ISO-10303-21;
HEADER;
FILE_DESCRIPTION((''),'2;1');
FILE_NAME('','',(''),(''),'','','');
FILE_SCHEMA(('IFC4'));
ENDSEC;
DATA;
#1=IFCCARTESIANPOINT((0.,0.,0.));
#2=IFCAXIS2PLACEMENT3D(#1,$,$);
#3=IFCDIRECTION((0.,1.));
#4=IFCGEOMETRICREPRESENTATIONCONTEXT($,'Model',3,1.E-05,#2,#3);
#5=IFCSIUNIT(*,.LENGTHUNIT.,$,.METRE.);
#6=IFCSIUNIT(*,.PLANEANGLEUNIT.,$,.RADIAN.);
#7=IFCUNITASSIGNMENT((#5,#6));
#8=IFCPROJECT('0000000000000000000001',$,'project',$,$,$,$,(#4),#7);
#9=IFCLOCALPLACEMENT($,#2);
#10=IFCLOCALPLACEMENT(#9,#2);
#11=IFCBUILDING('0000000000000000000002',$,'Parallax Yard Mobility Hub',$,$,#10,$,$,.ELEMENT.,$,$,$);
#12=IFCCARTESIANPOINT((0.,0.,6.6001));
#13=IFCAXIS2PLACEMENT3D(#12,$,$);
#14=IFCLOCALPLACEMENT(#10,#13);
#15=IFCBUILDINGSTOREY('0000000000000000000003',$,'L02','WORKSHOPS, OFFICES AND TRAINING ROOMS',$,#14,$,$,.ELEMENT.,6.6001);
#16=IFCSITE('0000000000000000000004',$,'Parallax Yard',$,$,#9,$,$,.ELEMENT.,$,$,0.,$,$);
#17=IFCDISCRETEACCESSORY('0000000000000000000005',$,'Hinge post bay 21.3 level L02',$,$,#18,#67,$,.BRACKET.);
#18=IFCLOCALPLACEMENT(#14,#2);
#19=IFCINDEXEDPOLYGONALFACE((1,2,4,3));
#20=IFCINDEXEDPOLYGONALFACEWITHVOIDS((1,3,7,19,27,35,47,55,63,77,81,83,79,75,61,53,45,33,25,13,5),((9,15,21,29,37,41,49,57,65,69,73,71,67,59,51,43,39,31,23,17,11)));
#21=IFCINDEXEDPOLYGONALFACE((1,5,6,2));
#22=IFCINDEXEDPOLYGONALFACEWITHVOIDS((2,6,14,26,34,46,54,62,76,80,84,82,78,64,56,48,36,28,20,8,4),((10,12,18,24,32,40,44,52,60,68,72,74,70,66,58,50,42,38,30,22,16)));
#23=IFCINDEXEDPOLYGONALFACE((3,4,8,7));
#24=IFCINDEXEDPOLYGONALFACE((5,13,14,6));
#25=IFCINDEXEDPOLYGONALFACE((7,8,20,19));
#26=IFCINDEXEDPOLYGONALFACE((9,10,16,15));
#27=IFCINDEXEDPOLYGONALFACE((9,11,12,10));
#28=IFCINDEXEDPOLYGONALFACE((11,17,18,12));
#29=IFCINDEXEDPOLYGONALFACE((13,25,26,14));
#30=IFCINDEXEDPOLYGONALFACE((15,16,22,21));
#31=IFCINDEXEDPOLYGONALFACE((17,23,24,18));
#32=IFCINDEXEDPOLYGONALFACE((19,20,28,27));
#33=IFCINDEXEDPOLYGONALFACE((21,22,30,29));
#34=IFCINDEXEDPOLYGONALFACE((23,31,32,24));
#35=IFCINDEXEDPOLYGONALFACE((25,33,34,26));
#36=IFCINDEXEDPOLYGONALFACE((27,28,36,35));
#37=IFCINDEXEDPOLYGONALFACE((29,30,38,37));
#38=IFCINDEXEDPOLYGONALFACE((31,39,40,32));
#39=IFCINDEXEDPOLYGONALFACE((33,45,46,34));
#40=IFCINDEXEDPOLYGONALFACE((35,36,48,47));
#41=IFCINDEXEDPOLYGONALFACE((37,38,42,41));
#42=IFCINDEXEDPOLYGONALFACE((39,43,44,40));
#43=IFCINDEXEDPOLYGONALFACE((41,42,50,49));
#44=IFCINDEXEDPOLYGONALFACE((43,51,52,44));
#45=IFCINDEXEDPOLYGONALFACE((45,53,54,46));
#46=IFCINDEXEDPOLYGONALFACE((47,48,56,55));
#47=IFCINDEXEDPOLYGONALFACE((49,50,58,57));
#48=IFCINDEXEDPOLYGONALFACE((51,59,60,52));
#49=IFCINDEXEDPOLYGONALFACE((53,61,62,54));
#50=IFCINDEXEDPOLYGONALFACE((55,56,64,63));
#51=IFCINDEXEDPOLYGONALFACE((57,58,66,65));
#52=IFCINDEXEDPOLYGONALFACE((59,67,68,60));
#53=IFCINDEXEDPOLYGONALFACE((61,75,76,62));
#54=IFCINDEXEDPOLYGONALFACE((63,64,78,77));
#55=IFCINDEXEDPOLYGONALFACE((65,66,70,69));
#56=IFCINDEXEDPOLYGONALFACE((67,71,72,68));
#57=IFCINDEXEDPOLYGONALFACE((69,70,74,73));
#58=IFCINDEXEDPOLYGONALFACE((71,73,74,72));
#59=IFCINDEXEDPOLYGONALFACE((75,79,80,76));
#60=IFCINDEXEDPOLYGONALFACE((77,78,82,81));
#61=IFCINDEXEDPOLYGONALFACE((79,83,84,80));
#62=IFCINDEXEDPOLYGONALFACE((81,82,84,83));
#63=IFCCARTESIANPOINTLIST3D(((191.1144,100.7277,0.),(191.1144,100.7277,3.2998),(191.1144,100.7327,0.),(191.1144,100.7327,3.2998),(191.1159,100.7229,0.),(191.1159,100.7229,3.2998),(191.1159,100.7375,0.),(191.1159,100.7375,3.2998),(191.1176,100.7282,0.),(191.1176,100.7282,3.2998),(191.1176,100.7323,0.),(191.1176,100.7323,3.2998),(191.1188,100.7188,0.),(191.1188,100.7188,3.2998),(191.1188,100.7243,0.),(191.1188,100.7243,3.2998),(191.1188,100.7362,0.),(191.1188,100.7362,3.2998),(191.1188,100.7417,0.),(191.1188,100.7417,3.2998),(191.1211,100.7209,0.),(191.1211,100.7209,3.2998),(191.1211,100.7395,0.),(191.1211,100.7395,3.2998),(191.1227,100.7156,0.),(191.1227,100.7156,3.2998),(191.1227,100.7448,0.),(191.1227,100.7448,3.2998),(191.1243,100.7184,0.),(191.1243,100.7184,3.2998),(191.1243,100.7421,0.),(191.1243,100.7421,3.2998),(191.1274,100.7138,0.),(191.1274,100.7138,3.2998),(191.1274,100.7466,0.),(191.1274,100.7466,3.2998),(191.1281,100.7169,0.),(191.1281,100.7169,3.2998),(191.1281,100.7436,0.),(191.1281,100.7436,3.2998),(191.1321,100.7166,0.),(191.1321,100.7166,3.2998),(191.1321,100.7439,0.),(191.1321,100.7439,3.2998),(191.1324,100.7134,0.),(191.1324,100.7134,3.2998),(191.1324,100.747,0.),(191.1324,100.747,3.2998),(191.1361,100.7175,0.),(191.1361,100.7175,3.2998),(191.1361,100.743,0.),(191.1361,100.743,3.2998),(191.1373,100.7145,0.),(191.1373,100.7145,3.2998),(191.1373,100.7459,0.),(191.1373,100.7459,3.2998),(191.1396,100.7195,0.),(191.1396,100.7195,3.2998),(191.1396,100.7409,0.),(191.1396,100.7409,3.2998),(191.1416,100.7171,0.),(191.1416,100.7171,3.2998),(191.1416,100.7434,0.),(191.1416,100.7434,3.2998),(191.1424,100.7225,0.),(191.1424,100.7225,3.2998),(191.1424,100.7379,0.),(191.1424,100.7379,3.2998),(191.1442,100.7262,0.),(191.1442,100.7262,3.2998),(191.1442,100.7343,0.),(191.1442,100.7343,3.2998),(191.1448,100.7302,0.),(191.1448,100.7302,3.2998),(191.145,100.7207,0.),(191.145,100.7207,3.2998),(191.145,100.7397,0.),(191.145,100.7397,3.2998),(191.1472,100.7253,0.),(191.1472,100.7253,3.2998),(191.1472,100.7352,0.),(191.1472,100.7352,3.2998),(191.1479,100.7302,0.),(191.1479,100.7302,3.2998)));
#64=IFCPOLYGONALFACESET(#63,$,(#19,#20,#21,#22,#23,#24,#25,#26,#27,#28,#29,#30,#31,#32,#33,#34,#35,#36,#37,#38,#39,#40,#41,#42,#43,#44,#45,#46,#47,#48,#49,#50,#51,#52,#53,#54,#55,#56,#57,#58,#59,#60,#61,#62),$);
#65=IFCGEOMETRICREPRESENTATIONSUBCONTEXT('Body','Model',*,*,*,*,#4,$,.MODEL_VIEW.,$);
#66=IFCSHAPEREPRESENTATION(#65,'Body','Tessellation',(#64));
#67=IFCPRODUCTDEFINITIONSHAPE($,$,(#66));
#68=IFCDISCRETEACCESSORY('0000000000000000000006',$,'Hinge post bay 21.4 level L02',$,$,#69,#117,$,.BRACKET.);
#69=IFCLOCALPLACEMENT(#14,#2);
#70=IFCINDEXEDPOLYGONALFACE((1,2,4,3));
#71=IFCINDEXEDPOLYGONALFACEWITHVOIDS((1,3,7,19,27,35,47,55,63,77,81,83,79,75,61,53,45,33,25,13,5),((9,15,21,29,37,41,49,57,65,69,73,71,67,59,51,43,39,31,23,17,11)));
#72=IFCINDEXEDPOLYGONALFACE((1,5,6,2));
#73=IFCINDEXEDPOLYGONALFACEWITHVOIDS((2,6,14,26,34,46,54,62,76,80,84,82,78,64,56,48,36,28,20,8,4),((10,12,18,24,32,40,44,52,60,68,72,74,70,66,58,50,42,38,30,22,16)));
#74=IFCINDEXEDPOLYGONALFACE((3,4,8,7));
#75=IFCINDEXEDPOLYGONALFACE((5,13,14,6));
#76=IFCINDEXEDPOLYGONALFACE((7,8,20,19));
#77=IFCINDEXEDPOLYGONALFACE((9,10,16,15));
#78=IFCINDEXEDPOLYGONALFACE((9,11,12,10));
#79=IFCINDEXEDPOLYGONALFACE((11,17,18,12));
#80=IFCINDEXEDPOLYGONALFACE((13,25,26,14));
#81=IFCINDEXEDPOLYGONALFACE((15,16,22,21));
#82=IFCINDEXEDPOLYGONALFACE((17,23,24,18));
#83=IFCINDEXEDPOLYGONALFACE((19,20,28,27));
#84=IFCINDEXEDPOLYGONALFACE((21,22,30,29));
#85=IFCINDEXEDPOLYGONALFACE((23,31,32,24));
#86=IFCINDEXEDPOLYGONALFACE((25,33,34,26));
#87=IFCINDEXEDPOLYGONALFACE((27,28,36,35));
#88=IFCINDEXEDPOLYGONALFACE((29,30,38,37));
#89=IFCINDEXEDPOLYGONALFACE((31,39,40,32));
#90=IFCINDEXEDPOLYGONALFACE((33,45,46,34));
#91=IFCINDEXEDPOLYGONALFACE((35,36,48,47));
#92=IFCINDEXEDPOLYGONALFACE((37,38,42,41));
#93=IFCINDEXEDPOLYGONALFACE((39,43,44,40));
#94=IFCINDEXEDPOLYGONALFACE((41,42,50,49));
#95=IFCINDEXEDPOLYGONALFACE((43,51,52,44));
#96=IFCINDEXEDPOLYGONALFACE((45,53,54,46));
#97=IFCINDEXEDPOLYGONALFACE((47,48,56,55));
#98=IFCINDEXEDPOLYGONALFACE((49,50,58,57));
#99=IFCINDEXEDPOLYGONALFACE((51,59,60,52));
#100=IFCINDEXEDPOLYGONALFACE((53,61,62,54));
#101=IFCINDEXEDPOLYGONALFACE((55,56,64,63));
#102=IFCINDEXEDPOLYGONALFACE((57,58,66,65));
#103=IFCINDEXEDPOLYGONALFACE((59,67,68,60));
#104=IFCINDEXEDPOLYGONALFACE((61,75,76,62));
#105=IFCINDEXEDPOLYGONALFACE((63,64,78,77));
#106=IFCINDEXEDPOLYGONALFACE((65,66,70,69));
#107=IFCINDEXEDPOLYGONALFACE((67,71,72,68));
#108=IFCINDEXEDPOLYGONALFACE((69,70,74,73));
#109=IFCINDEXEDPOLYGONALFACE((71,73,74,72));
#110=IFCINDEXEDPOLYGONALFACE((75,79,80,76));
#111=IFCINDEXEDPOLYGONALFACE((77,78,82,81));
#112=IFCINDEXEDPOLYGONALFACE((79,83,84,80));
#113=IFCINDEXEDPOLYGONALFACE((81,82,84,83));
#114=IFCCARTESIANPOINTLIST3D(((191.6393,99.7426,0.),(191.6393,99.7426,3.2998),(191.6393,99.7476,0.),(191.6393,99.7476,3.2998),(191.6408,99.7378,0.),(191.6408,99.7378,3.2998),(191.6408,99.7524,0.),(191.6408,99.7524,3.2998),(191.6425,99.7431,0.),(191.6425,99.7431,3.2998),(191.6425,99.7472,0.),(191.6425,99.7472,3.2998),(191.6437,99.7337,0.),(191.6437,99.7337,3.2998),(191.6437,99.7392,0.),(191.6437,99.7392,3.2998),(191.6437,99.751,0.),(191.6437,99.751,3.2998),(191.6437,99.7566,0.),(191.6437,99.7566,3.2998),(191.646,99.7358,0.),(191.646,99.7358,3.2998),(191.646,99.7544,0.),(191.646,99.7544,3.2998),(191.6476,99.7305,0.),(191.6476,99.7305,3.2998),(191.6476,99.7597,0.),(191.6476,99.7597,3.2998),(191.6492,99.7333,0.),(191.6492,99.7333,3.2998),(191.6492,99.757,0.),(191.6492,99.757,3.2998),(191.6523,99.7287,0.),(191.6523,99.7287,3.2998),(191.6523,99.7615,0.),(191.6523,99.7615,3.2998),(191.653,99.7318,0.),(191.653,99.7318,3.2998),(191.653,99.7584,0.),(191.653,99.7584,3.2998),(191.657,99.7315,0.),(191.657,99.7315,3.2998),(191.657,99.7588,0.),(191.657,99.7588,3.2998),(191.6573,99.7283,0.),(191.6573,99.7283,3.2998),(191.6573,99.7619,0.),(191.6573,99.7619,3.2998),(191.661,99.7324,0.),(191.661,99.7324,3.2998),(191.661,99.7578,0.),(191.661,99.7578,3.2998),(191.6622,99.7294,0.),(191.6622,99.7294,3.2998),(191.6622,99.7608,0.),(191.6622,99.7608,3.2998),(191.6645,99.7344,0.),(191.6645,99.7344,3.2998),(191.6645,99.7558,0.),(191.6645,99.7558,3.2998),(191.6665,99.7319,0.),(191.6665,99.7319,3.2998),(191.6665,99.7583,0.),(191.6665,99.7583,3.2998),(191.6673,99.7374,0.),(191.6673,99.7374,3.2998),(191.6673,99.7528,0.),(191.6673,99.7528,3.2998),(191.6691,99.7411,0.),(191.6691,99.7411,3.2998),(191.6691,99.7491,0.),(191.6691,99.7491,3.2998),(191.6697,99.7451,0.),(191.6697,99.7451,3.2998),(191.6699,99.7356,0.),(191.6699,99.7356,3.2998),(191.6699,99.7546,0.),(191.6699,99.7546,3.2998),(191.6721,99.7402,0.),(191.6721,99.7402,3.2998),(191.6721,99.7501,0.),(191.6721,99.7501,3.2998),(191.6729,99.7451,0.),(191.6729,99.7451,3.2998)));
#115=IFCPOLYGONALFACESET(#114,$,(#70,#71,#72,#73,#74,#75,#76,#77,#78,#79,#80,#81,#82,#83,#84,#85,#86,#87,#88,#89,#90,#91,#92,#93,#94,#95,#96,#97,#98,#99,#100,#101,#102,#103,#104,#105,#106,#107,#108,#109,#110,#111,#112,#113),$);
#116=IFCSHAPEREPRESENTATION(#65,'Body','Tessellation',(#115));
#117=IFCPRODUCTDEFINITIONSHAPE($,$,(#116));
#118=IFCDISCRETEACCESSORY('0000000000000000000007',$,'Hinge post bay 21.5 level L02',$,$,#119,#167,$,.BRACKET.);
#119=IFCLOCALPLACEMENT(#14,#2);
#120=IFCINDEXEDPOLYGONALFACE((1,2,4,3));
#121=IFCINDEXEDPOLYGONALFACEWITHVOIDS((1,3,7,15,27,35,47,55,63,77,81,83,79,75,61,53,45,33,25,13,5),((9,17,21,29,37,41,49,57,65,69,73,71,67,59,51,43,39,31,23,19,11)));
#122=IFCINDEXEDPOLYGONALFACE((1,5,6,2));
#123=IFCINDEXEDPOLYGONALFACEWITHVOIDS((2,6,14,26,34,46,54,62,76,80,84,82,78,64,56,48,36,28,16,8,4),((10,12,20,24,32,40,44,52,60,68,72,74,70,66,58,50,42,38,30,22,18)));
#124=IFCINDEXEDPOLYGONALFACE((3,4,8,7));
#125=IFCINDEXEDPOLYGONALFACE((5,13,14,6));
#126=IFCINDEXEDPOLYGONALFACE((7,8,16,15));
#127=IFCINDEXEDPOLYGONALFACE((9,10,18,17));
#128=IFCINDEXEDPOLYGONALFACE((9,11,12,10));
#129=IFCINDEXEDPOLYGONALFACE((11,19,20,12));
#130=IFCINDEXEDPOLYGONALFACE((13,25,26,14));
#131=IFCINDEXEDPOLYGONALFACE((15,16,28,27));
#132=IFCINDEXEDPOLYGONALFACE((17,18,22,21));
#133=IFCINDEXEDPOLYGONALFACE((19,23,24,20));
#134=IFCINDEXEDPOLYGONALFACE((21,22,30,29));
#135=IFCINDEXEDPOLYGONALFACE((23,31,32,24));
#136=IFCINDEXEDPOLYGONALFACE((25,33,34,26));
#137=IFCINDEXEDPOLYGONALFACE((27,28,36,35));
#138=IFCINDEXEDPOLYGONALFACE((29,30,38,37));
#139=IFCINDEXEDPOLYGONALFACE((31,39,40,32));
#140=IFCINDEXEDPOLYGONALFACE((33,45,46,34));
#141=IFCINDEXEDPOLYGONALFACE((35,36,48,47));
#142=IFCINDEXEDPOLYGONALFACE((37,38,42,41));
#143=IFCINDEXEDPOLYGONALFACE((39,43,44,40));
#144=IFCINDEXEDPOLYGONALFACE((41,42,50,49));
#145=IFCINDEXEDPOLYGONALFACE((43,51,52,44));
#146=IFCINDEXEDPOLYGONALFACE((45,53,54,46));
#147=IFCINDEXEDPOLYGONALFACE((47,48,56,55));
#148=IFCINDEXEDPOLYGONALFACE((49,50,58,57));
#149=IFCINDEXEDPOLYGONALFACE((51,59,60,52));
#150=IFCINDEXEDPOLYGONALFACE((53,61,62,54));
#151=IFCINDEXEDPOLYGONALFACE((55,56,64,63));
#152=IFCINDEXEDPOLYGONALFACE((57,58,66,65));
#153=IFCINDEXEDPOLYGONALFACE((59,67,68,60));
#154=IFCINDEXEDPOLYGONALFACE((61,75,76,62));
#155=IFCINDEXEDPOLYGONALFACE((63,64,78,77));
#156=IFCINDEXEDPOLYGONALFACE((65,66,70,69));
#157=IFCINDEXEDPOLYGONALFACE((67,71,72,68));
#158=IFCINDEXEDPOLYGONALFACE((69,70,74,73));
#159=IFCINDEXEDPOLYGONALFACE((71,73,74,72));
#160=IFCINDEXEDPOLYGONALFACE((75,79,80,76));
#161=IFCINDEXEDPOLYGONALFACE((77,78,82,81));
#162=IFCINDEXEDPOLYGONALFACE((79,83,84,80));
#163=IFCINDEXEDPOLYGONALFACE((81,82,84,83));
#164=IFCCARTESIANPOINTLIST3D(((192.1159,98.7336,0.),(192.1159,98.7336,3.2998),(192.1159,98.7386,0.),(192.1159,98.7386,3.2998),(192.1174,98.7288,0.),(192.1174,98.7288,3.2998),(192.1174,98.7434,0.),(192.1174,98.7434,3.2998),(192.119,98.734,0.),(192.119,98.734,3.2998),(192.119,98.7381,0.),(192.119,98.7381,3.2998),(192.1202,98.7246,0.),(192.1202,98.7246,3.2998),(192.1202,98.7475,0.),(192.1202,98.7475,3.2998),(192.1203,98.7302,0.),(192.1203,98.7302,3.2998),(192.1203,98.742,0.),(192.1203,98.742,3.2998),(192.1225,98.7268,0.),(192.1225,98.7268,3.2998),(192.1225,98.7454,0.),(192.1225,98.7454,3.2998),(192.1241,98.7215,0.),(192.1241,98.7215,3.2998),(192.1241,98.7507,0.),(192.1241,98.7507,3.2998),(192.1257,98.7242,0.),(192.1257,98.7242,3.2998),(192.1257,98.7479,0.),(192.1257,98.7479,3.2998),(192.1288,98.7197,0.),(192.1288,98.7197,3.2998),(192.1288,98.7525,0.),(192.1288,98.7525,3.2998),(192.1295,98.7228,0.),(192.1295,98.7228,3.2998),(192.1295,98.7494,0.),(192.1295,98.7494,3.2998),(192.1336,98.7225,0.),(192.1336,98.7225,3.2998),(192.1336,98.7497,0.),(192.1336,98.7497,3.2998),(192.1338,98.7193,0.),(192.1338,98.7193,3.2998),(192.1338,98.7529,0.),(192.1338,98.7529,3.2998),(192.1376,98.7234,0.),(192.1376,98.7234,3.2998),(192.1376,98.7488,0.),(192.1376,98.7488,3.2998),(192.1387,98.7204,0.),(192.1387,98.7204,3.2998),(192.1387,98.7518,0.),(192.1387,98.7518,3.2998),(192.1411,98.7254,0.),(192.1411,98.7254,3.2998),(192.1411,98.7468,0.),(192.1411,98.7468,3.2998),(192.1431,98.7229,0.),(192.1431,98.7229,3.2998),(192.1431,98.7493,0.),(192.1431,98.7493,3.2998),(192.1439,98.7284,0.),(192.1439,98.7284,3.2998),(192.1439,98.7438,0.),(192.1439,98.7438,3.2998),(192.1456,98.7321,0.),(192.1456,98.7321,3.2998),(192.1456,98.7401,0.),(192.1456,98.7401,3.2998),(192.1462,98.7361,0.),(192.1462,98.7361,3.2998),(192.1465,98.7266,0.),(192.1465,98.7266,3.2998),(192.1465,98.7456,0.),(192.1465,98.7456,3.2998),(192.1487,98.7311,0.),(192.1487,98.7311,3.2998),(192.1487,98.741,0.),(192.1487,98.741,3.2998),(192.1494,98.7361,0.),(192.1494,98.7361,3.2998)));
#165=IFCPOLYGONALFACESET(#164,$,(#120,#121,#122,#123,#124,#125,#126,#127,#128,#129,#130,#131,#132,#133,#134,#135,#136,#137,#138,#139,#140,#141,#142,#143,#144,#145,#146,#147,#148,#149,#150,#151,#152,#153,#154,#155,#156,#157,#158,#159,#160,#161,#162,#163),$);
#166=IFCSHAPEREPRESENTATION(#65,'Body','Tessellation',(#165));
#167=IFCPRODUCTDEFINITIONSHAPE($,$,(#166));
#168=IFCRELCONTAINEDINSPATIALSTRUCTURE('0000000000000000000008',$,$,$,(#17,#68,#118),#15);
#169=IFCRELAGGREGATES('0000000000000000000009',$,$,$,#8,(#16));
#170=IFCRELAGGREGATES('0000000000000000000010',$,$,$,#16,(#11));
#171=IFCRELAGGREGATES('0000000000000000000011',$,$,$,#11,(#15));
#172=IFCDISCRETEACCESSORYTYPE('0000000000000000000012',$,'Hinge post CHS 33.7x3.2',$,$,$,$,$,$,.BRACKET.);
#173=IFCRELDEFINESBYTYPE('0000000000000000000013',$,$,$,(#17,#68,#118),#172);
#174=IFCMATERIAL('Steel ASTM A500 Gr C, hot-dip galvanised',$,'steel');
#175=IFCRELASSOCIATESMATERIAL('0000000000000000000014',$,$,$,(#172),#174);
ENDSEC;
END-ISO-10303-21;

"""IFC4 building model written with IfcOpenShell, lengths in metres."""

from ifc_helpers import new_model, si_unit, direction, frame, origin, origin_2d, place, context, subcontext, project, spatial, hollow_circle, extrude, material, material_profile, profile_set, type_object, element, save


model = new_model("IFC4")

# Units and contexts
model_context = context("Model", 3, precision=1e-05, world=origin(), true_north=direction((0.0, 1.0)))
body_context = subcontext(model_context, "Body", "Model", "MODEL_VIEW")
ifc_project = project(units=[si_unit("LENGTHUNIT", "METRE"), si_unit("PLANEANGLEUNIT", "RADIAN")], contexts=[model_context])

# Site, building, storey
site_placement = place(None, origin())
site = spatial("IfcSite", under=ifc_project, at=site_placement, Name="Parallax Yard", CompositionType="ELEMENT", RefElevation=0.0)
building_placement = place(site_placement, origin())
building = spatial("IfcBuilding", under=site, at=building_placement, Name="Parallax Yard Mobility Hub", CompositionType="ELEMENT")
storey_placement = place(building_placement, frame((0.0, 0.0, 6.6001)))
storey = spatial("IfcBuildingStorey", under=building, at=storey_placement, Name="L02", Description="WORKSHOPS, OFFICES AND TRAINING ROOMS", CompositionType="ELEMENT", Elevation=6.6001)

# Discrete accessories
ifc_material_1 = material(Name="Steel ASTM A500 Gr C, hot-dip galvanised", Category="steel")
ifc_material_profile_1 = material_profile(ifc_material_1, hollow_circle(Radius=0.0168, WallThickness=0.0032, at=origin_2d()), Name="CHS 33.7x3.2")
ifc_profile_set_1 = profile_set([ifc_material_profile_1], Name="Steel ASTM A500 Gr C, hot-dip galvanised")
discrete_accessory_type_1 = type_object("IfcDiscreteAccessoryType", Name="Hinge post CHS 33.7x3.2", PredefinedType="BRACKET", material=ifc_profile_set_1)
for number, where, z_axis, x_axis, name in (
    (1, (191.1311, 100.7302, 0.0), (0.0, 0.0, 1.0), (1.0, 0.0, 0.0), "Hinge post bay 21.3 level L02"),
    (2, (191.656, 99.7451, 0.0), (0.0, 0.0, 1.0), (1.0, 0.0, 0.0), "Hinge post bay 21.4 level L02"),
    (3, (192.1326, 98.7361, 0.0), (0.0, 0.0, 1.0), (1.0, 0.0, 0.0), "Hinge post bay 21.5 level L02"),
):
    element("IfcDiscreteAccessory", number, at=place(storey_placement, frame(where, z_axis=z_axis, x_axis=x_axis)), inside=storey, type_object=discrete_accessory_type_1, Name=name, PredefinedType="BRACKET", context=body_context, shape_type="SweptSolid", body=[
        extrude(hollow_circle(Radius=0.0168, WallThickness=0.0032, at=origin_2d()), origin(), (0.0, 0.0, 1.0), 3.2998),
    ])

save(model, "model.ifc")
